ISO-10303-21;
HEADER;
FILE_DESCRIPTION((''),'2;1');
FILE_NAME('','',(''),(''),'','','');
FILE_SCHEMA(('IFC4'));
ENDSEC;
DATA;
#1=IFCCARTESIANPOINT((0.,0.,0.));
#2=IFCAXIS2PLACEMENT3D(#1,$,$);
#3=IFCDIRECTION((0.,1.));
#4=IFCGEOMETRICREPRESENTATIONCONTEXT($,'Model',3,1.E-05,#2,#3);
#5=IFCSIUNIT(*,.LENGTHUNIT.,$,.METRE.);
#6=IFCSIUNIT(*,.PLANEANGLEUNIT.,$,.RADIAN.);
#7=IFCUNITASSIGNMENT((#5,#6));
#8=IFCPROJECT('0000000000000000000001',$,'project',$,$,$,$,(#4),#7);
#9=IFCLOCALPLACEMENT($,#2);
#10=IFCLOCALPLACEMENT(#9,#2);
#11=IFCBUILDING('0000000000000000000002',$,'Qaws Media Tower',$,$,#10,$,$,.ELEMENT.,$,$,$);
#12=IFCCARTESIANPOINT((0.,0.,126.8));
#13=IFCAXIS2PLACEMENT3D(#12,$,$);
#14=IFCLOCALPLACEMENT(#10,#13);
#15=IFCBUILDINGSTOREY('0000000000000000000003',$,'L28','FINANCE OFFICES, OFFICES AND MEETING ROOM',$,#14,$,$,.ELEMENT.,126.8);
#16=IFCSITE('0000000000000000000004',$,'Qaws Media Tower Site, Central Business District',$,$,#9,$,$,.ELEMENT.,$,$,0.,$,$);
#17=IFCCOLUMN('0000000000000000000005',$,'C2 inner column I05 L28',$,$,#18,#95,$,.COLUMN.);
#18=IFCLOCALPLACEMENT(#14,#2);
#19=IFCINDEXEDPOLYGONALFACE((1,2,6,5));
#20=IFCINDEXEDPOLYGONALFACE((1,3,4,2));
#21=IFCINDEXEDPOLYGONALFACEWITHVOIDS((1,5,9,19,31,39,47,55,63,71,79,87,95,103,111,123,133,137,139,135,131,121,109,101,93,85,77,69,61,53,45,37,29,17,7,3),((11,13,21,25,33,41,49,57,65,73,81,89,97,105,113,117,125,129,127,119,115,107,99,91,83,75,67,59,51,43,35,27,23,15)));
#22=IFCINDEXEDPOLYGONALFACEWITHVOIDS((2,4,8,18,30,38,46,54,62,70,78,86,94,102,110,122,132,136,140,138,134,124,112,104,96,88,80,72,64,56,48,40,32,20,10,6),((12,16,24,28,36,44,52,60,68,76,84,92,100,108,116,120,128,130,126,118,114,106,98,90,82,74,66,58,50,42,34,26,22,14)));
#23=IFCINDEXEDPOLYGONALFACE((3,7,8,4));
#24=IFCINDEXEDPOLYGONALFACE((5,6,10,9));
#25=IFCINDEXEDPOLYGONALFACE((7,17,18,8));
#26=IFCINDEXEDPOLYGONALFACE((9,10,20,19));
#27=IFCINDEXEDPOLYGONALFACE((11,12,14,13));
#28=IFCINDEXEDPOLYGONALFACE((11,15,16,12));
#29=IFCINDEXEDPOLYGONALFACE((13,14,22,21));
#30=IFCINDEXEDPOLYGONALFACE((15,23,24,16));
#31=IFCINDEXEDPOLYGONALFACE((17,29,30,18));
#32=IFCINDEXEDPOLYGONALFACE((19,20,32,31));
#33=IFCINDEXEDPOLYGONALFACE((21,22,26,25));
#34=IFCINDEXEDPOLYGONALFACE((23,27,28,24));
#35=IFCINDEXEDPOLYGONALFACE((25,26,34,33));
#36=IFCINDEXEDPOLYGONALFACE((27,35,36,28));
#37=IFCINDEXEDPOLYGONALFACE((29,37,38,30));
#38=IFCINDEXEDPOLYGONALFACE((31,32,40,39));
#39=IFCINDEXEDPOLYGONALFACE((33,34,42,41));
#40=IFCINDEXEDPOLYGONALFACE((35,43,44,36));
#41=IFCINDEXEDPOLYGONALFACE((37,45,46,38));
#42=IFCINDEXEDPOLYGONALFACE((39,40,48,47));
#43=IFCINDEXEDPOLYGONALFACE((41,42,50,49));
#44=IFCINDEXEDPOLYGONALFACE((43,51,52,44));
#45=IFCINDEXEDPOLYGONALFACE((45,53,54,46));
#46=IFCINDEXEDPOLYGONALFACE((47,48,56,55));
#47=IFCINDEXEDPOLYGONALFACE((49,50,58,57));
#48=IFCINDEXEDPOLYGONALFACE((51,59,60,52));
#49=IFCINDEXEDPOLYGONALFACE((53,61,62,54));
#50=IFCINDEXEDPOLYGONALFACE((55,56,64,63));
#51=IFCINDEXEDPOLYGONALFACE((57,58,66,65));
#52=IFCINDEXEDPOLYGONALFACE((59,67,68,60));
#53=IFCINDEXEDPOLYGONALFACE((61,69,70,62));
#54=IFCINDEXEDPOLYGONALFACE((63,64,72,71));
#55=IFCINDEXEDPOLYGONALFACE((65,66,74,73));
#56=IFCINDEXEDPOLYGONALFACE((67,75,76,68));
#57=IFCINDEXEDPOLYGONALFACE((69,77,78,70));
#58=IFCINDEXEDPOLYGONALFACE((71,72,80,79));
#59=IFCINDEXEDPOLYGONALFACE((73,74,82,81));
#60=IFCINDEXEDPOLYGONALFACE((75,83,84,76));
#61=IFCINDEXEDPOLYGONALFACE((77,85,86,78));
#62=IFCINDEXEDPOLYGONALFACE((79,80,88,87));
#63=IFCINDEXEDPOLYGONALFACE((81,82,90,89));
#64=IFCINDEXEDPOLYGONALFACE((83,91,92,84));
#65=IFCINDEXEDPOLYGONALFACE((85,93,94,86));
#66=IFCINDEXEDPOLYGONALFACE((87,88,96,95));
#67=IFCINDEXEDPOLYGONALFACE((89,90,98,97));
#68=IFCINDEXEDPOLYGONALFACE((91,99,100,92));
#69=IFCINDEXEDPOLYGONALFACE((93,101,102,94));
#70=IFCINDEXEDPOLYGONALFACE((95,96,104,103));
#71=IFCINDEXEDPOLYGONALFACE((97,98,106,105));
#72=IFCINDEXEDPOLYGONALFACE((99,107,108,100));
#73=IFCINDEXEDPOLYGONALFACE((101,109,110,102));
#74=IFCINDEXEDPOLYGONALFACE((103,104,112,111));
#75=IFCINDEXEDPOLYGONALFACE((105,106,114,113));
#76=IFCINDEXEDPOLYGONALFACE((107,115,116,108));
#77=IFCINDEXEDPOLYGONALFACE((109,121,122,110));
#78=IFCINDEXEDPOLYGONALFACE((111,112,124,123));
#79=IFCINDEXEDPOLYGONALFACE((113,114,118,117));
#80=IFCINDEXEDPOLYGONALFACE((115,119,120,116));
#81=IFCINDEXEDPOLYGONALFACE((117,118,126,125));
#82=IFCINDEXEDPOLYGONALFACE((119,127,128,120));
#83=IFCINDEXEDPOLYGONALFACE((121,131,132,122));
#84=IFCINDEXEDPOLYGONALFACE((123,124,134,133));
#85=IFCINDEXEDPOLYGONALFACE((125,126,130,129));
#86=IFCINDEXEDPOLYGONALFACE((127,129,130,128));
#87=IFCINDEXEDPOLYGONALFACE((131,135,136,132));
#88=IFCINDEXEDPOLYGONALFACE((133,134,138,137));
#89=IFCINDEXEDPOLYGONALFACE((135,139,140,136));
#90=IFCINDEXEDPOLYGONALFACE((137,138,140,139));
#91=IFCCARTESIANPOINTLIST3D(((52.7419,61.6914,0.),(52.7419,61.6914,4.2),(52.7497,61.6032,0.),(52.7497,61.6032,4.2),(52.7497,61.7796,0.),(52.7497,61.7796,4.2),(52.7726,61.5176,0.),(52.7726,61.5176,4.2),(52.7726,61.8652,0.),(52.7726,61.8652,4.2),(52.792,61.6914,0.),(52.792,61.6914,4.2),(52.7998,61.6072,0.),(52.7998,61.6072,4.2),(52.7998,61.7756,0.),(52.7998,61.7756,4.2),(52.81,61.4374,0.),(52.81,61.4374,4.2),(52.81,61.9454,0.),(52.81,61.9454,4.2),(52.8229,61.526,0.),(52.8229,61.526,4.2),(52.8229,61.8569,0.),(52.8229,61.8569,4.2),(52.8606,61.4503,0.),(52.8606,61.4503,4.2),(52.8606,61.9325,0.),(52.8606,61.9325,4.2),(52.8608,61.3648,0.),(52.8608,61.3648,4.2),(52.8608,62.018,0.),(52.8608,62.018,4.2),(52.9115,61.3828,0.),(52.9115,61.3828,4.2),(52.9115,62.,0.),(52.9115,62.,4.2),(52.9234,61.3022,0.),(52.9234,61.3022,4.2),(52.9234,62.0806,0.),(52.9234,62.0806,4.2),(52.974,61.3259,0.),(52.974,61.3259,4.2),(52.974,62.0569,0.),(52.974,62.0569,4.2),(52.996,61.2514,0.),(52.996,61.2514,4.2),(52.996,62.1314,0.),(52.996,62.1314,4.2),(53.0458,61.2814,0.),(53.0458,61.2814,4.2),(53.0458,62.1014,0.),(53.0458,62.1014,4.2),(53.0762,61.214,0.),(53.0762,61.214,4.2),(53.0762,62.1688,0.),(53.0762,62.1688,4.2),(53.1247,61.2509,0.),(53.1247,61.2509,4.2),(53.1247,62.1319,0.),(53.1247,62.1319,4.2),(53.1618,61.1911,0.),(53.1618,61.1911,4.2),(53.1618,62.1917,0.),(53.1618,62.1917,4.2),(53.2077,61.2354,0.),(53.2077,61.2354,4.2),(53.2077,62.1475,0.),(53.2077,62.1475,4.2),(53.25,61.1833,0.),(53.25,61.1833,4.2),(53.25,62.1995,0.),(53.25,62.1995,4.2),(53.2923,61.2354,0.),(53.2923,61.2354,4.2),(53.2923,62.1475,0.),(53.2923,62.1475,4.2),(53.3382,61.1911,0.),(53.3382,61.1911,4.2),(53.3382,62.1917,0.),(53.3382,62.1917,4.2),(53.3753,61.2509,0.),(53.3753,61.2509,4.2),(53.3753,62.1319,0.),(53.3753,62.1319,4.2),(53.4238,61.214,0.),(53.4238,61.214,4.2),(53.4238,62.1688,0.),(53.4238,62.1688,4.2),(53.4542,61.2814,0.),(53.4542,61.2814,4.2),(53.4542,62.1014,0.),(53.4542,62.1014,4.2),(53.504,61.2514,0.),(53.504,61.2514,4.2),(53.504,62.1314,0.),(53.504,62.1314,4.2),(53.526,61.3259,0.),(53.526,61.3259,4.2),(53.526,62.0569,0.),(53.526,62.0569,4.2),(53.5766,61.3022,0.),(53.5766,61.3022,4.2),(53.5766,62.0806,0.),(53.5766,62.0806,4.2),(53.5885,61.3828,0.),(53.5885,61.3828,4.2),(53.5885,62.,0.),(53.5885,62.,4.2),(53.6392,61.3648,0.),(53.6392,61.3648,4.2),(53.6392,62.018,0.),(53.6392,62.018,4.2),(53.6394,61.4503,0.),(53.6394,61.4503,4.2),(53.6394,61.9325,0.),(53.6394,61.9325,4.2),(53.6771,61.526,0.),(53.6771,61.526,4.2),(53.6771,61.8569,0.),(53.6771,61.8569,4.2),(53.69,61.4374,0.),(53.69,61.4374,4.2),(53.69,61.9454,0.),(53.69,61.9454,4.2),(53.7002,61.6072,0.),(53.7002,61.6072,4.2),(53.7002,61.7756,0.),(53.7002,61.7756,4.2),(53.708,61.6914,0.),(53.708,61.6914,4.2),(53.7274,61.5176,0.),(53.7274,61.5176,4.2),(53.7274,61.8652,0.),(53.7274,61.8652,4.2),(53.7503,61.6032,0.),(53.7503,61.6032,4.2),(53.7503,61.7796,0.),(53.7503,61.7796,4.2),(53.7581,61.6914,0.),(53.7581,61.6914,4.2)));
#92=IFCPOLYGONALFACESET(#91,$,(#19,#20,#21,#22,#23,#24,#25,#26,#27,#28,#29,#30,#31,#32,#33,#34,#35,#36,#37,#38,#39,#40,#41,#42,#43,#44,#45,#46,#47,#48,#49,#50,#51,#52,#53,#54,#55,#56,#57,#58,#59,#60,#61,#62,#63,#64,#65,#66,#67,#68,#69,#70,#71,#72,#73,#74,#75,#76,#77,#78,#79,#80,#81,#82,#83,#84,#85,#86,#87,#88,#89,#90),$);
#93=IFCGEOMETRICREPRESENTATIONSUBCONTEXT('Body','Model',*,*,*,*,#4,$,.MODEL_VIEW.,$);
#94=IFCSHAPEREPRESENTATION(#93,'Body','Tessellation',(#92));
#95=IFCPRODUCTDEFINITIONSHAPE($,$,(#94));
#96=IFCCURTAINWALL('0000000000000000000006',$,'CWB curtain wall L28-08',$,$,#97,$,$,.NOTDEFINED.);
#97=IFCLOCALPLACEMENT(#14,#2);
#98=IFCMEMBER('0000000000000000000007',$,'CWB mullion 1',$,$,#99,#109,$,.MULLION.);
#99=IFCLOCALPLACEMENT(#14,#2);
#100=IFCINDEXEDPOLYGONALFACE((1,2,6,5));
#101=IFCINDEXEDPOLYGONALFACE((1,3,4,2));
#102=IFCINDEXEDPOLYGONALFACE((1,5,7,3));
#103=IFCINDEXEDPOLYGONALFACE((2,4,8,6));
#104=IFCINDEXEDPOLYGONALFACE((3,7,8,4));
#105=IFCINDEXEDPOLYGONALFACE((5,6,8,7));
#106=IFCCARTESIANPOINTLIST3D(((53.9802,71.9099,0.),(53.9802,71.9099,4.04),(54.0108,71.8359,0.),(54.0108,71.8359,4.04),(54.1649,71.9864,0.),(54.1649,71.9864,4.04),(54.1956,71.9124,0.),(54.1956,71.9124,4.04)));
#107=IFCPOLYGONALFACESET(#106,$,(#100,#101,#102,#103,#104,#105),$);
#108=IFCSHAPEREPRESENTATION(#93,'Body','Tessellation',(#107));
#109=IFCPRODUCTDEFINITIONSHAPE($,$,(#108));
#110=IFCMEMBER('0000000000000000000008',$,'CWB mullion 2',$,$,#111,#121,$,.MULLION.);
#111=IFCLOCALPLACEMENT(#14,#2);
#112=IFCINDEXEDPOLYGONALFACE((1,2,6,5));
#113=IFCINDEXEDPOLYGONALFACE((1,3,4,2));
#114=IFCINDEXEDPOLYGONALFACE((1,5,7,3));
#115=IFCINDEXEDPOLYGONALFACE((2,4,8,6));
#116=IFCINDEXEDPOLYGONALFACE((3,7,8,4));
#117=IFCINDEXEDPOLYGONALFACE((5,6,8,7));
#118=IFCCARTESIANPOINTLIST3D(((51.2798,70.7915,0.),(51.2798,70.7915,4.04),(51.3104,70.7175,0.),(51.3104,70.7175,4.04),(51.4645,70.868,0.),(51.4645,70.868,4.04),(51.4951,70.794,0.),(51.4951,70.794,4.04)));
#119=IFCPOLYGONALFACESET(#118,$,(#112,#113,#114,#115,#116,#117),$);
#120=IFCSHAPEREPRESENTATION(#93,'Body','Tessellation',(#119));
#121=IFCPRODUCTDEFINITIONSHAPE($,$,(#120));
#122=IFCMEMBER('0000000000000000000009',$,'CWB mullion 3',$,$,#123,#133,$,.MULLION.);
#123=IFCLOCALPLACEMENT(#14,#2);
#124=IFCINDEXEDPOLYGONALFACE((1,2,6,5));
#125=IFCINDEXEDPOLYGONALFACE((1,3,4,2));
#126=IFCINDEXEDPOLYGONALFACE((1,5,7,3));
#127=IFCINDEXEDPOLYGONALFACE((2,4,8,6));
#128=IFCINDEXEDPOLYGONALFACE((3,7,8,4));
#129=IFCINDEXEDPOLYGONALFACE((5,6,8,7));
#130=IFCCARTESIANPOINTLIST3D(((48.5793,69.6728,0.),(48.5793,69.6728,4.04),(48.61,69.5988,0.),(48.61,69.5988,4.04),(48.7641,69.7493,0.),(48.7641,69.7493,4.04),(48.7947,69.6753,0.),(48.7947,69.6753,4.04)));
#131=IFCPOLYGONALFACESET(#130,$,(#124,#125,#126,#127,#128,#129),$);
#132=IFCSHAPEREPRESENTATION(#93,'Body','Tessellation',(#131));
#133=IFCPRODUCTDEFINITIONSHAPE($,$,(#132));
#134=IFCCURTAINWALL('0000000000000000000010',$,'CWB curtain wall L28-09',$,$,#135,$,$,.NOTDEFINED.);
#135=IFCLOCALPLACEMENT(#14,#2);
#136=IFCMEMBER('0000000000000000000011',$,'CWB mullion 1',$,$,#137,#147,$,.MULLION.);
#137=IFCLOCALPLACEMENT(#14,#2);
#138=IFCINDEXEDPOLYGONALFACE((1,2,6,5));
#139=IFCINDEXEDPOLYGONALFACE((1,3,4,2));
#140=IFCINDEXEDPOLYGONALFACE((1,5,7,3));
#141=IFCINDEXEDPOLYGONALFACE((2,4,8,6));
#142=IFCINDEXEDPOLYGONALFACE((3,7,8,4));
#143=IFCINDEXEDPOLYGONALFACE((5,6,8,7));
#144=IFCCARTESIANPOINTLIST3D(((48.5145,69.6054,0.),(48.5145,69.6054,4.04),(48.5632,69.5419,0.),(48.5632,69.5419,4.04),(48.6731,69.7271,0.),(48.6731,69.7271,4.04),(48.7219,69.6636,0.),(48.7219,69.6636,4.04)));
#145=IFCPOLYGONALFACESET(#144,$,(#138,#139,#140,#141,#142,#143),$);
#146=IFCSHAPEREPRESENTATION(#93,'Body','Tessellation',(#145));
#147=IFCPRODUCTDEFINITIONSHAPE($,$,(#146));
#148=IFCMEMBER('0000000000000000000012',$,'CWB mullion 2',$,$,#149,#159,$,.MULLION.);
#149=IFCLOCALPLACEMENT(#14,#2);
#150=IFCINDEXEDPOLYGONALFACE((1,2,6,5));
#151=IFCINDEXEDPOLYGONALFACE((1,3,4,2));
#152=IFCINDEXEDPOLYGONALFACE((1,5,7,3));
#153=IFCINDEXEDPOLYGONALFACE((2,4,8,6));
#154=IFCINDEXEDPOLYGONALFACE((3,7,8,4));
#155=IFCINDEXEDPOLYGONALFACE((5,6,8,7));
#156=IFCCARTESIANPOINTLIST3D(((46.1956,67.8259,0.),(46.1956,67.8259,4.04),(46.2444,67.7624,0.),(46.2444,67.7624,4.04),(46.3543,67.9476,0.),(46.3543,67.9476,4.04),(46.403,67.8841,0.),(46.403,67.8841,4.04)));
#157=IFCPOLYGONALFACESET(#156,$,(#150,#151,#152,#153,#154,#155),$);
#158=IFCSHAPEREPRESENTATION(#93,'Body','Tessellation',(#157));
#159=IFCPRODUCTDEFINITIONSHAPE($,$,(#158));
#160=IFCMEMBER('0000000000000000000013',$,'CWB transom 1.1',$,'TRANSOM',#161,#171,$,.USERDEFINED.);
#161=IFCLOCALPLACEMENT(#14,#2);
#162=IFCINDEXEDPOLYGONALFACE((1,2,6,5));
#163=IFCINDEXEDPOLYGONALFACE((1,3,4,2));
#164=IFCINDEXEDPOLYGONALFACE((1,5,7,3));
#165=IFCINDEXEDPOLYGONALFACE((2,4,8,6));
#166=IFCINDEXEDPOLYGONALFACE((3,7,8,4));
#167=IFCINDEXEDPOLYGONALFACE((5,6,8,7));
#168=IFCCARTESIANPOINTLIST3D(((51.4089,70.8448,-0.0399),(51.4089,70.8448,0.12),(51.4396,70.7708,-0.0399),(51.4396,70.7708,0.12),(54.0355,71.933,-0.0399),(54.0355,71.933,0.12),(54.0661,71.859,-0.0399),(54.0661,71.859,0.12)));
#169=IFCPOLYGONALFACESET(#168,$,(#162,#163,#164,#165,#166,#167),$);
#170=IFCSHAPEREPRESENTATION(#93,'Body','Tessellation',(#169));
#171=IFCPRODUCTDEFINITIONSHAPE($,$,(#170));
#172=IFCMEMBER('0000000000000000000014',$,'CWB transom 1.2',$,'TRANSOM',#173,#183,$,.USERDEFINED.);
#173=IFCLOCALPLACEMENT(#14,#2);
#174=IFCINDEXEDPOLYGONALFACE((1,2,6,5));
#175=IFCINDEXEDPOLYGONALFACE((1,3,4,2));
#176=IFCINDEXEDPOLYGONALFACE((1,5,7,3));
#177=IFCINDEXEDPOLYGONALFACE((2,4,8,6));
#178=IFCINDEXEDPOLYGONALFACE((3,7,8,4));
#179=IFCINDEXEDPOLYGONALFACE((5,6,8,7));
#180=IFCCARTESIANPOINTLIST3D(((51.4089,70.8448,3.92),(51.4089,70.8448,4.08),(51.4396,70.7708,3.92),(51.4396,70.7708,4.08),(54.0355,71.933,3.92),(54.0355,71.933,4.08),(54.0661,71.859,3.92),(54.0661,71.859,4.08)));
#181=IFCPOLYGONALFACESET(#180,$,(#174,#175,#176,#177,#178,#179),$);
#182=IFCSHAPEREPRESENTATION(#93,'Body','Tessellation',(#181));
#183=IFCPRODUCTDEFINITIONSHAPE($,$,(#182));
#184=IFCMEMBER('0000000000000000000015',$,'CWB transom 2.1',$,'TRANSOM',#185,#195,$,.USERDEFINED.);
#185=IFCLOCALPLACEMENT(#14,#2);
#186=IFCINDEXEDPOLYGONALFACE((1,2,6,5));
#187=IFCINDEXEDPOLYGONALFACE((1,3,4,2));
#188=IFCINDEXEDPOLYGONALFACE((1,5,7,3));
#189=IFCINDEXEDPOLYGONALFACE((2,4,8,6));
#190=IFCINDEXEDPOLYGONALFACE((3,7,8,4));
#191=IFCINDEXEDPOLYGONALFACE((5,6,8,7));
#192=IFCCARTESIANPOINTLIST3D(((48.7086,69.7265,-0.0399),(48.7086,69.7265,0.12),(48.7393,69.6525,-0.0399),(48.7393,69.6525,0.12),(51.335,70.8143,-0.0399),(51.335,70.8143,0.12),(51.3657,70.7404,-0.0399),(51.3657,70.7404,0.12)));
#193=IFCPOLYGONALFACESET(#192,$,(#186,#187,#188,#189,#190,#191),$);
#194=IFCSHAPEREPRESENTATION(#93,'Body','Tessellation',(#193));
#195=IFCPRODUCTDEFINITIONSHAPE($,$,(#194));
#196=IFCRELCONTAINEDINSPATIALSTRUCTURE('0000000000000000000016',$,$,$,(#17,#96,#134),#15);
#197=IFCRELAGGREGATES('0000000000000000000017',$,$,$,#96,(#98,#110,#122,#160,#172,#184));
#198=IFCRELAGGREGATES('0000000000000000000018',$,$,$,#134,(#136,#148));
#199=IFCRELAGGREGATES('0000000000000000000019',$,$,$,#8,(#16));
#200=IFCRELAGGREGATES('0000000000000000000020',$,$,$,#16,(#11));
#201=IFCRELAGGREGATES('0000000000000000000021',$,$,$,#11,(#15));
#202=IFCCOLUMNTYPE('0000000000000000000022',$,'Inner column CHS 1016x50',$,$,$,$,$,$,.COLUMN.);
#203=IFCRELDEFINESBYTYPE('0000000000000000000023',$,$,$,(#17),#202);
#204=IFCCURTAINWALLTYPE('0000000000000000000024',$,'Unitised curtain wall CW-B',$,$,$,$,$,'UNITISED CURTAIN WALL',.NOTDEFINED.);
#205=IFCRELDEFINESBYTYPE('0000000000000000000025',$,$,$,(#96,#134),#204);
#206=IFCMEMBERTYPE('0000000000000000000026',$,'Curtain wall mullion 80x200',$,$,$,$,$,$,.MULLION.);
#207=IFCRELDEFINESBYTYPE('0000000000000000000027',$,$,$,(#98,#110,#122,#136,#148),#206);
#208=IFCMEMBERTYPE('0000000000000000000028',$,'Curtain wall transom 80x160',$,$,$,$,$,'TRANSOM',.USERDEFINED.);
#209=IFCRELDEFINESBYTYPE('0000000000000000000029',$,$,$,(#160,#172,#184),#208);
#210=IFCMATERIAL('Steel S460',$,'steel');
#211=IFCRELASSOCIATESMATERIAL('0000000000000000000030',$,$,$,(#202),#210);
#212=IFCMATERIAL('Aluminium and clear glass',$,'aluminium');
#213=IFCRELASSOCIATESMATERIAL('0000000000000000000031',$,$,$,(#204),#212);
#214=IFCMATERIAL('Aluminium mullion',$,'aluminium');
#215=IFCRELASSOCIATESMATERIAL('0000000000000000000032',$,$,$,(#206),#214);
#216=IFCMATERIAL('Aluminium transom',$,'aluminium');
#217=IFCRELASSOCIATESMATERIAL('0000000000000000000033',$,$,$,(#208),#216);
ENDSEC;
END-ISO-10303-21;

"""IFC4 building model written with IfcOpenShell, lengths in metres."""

from ifc_helpers import new_model, si_unit, direction, frame, origin, origin_2d, place, context, subcontext, project, spatial, rectangle, hollow_circle, extrude, material, material_profile, profile_set, type_object, element, aggregate, save


model = new_model("IFC4")

# Units and contexts
model_context = context("Model", 3, precision=1e-05, world=origin(), true_north=direction((0.0, 1.0)))
body_context = subcontext(model_context, "Body", "Model", "MODEL_VIEW")
ifc_project = project(units=[si_unit("LENGTHUNIT", "METRE"), si_unit("PLANEANGLEUNIT", "RADIAN")], contexts=[model_context])

# Site, building, storey
site_placement = place(None, origin())
site = spatial("IfcSite", under=ifc_project, at=site_placement, Name="Qaws Media Tower Site, Central Business District", CompositionType="ELEMENT", RefElevation=0.0)
building_placement = place(site_placement, origin())
building = spatial("IfcBuilding", under=site, at=building_placement, Name="Qaws Media Tower", CompositionType="ELEMENT")
storey_placement = place(building_placement, frame((0.0, 0.0, 126.8)))
storey = spatial("IfcBuildingStorey", under=building, at=storey_placement, Name="L28", Description="FINANCE OFFICES, OFFICES AND MEETING ROOM", CompositionType="ELEMENT", Elevation=126.8)

# Column
ifc_material_1 = material(Name="Steel S460", Category="steel")
ifc_material_profile_1 = material_profile(ifc_material_1, hollow_circle(Radius=0.5081, WallThickness=0.05, at=origin_2d()), Name="CHS 1016x50")
ifc_profile_set_1 = profile_set([ifc_material_profile_1], Name="Steel S460")
column_type = type_object("IfcColumnType", Name="Inner column CHS 1016x50", PredefinedType="COLUMN", material=ifc_profile_set_1)
column_placement = place(storey_placement, frame((53.25, 61.6914, 0.0), z_axis=(0.0, 0.0, 1.0), x_axis=(1.0, 0.0, 0.0)))
element("IfcColumn", 1, at=column_placement, inside=storey, type_object=column_type, Name="C2 inner column I05 L28", PredefinedType="COLUMN", context=body_context, shape_type="SweptSolid", body=[
    extrude(hollow_circle(Radius=0.5081, WallThickness=0.05, at=origin_2d()), origin(), (0.0, 0.0, 1.0), 4.2),
])

# Curtain walls, members
ifc_material_2 = material(Name="Aluminium and clear glass", Category="aluminium")
curtain_wall_type = type_object("IfcCurtainWallType", Name="Unitised curtain wall CW-B", ElementType="UNITISED CURTAIN WALL", PredefinedType="NOTDEFINED", material=ifc_material_2)
curtain_wall_1_placement = place(storey_placement, origin())
curtain_wall_1 = element("IfcCurtainWall", 2, at=curtain_wall_1_placement, inside=storey, type_object=curtain_wall_type, Name="CWB curtain wall L28-08", PredefinedType="NOTDEFINED")
ifc_material_3 = material(Name="Aluminium mullion", Category="aluminium")
ifc_material_profile_2 = material_profile(ifc_material_3, rectangle(XDim=0.0801, YDim=0.2, at=origin_2d()), Name="80x200")
ifc_profile_set_2 = profile_set([ifc_material_profile_2], Name="Aluminium mullion")
member_type_1 = type_object("IfcMemberType", Name="Curtain wall mullion 80x200", PredefinedType="MULLION", material=ifc_profile_set_2)
member_1_placement = place(storey_placement, frame((54.0879, 71.9111, 0.0), z_axis=(0.0, 0.0, 1.0), x_axis=(0.382683, -0.92388, 0.0)))
member_1 = element("IfcMember", 3, at=member_1_placement, type_object=member_type_1, Name="CWB mullion 1", PredefinedType="MULLION", context=body_context, shape_type="SweptSolid", body=[
    extrude(rectangle(XDim=0.0801, YDim=0.2, at=origin_2d()), origin(), (0.0, 0.0, 1.0), 4.04),
])
member_2_placement = place(storey_placement, frame((51.3875, 70.7927, 0.0), z_axis=(0.0, 0.0, 1.0), x_axis=(0.382683, -0.92388, 0.0)))
member_2 = element("IfcMember", 4, at=member_2_placement, type_object=member_type_1, Name="CWB mullion 2", PredefinedType="MULLION", context=body_context, shape_type="SweptSolid", body=[
    extrude(rectangle(XDim=0.0801, YDim=0.2, at=origin_2d()), origin(), (0.0, 0.0, 1.0), 4.04),
])
member_3_placement = place(storey_placement, frame((48.687, 69.6741, 0.0), z_axis=(0.0, 0.0, 1.0), x_axis=(0.382683, -0.92388, 0.0)))
member_3 = element("IfcMember", 5, at=member_3_placement, type_object=member_type_1, Name="CWB mullion 3", PredefinedType="MULLION", context=body_context, shape_type="SweptSolid", body=[
    extrude(rectangle(XDim=0.0801, YDim=0.2, at=origin_2d()), origin(), (0.0, 0.0, 1.0), 4.04),
])
curtain_wall_2_placement = place(storey_placement, origin())
curtain_wall_2 = element("IfcCurtainWall", 6, at=curtain_wall_2_placement, inside=storey, type_object=curtain_wall_type, Name="CWB curtain wall L28-09", PredefinedType="NOTDEFINED")
member_4_placement = place(storey_placement, frame((48.6182, 69.6345, 0.0), z_axis=(0.0, 0.0, 1.0), x_axis=(0.608761, -0.793353, 0.0)))
member_4 = element("IfcMember", 7, at=member_4_placement, type_object=member_type_1, Name="CWB mullion 1", PredefinedType="MULLION", context=body_context, shape_type="SweptSolid", body=[
    extrude(rectangle(XDim=0.0801, YDim=0.2, at=origin_2d()), origin(), (0.0, 0.0, 1.0), 4.04),
])
member_5_placement = place(storey_placement, frame((46.2993, 67.855, 0.0), z_axis=(0.0, 0.0, 1.0), x_axis=(0.608761, -0.793353, 0.0)))
member_5 = element("IfcMember", 8, at=member_5_placement, type_object=member_type_1, Name="CWB mullion 2", PredefinedType="MULLION", context=body_context, shape_type="SweptSolid", body=[
    extrude(rectangle(XDim=0.0801, YDim=0.2, at=origin_2d()), origin(), (0.0, 0.0, 1.0), 4.04),
])

# Members
ifc_material_4 = material(Name="Aluminium transom", Category="aluminium")
ifc_material_profile_3 = material_profile(ifc_material_4, rectangle(XDim=0.0801, YDim=0.1599, at=origin_2d()), Name="80x160")
ifc_profile_set_3 = profile_set([ifc_material_profile_3], Name="Aluminium transom")
member_type_2 = type_object("IfcMemberType", Name="Curtain wall transom 80x160", ElementType="TRANSOM", PredefinedType="USERDEFINED", material=ifc_profile_set_3)
member_6_placement = place(storey_placement, frame((54.0508, 71.896, 0.04), z_axis=(-0.923852, -0.382749, 0.0), x_axis=(0.382749, -0.923852, 0.0)))
member_6 = element("IfcMember", 9, at=member_6_placement, type_object=member_type_2, Name="CWB transom 1.1", ObjectType="TRANSOM", PredefinedType="USERDEFINED", context=body_context, shape_type="SweptSolid", body=[
    extrude(rectangle(XDim=0.0801, YDim=0.1599, at=origin_2d()), origin(), (0.0, 0.0, 1.0), 2.843),
])
member_7_placement = place(storey_placement, frame((54.0508, 71.896, 4.0), z_axis=(-0.923852, -0.382749, 0.0), x_axis=(0.382749, -0.923852, 0.0)))
member_7 = element("IfcMember", 10, at=member_7_placement, type_object=member_type_2, Name="CWB transom 1.2", ObjectType="TRANSOM", PredefinedType="USERDEFINED", context=body_context, shape_type="SweptSolid", body=[
    extrude(rectangle(XDim=0.0801, YDim=0.1599, at=origin_2d()), origin(), (0.0, 0.0, 1.0), 2.843),
])
member_8_placement = place(storey_placement, frame((51.3503, 70.7773, 0.04), z_axis=(-0.923883, -0.382675, 0.0), x_axis=(0.382675, -0.923883, 0.0)))
member_8 = element("IfcMember", 11, at=member_8_placement, type_object=member_type_2, Name="CWB transom 2.1", ObjectType="TRANSOM", PredefinedType="USERDEFINED", context=body_context, shape_type="SweptSolid", body=[
    extrude(rectangle(XDim=0.0801, YDim=0.1599, at=origin_2d()), origin(), (0.0, 0.0, 1.0), 2.8428),
])

aggregate(curtain_wall_1, [member_1, member_2, member_3, member_6, member_7, member_8])
aggregate(curtain_wall_2, [member_4, member_5])

save(model, "model.ifc")
